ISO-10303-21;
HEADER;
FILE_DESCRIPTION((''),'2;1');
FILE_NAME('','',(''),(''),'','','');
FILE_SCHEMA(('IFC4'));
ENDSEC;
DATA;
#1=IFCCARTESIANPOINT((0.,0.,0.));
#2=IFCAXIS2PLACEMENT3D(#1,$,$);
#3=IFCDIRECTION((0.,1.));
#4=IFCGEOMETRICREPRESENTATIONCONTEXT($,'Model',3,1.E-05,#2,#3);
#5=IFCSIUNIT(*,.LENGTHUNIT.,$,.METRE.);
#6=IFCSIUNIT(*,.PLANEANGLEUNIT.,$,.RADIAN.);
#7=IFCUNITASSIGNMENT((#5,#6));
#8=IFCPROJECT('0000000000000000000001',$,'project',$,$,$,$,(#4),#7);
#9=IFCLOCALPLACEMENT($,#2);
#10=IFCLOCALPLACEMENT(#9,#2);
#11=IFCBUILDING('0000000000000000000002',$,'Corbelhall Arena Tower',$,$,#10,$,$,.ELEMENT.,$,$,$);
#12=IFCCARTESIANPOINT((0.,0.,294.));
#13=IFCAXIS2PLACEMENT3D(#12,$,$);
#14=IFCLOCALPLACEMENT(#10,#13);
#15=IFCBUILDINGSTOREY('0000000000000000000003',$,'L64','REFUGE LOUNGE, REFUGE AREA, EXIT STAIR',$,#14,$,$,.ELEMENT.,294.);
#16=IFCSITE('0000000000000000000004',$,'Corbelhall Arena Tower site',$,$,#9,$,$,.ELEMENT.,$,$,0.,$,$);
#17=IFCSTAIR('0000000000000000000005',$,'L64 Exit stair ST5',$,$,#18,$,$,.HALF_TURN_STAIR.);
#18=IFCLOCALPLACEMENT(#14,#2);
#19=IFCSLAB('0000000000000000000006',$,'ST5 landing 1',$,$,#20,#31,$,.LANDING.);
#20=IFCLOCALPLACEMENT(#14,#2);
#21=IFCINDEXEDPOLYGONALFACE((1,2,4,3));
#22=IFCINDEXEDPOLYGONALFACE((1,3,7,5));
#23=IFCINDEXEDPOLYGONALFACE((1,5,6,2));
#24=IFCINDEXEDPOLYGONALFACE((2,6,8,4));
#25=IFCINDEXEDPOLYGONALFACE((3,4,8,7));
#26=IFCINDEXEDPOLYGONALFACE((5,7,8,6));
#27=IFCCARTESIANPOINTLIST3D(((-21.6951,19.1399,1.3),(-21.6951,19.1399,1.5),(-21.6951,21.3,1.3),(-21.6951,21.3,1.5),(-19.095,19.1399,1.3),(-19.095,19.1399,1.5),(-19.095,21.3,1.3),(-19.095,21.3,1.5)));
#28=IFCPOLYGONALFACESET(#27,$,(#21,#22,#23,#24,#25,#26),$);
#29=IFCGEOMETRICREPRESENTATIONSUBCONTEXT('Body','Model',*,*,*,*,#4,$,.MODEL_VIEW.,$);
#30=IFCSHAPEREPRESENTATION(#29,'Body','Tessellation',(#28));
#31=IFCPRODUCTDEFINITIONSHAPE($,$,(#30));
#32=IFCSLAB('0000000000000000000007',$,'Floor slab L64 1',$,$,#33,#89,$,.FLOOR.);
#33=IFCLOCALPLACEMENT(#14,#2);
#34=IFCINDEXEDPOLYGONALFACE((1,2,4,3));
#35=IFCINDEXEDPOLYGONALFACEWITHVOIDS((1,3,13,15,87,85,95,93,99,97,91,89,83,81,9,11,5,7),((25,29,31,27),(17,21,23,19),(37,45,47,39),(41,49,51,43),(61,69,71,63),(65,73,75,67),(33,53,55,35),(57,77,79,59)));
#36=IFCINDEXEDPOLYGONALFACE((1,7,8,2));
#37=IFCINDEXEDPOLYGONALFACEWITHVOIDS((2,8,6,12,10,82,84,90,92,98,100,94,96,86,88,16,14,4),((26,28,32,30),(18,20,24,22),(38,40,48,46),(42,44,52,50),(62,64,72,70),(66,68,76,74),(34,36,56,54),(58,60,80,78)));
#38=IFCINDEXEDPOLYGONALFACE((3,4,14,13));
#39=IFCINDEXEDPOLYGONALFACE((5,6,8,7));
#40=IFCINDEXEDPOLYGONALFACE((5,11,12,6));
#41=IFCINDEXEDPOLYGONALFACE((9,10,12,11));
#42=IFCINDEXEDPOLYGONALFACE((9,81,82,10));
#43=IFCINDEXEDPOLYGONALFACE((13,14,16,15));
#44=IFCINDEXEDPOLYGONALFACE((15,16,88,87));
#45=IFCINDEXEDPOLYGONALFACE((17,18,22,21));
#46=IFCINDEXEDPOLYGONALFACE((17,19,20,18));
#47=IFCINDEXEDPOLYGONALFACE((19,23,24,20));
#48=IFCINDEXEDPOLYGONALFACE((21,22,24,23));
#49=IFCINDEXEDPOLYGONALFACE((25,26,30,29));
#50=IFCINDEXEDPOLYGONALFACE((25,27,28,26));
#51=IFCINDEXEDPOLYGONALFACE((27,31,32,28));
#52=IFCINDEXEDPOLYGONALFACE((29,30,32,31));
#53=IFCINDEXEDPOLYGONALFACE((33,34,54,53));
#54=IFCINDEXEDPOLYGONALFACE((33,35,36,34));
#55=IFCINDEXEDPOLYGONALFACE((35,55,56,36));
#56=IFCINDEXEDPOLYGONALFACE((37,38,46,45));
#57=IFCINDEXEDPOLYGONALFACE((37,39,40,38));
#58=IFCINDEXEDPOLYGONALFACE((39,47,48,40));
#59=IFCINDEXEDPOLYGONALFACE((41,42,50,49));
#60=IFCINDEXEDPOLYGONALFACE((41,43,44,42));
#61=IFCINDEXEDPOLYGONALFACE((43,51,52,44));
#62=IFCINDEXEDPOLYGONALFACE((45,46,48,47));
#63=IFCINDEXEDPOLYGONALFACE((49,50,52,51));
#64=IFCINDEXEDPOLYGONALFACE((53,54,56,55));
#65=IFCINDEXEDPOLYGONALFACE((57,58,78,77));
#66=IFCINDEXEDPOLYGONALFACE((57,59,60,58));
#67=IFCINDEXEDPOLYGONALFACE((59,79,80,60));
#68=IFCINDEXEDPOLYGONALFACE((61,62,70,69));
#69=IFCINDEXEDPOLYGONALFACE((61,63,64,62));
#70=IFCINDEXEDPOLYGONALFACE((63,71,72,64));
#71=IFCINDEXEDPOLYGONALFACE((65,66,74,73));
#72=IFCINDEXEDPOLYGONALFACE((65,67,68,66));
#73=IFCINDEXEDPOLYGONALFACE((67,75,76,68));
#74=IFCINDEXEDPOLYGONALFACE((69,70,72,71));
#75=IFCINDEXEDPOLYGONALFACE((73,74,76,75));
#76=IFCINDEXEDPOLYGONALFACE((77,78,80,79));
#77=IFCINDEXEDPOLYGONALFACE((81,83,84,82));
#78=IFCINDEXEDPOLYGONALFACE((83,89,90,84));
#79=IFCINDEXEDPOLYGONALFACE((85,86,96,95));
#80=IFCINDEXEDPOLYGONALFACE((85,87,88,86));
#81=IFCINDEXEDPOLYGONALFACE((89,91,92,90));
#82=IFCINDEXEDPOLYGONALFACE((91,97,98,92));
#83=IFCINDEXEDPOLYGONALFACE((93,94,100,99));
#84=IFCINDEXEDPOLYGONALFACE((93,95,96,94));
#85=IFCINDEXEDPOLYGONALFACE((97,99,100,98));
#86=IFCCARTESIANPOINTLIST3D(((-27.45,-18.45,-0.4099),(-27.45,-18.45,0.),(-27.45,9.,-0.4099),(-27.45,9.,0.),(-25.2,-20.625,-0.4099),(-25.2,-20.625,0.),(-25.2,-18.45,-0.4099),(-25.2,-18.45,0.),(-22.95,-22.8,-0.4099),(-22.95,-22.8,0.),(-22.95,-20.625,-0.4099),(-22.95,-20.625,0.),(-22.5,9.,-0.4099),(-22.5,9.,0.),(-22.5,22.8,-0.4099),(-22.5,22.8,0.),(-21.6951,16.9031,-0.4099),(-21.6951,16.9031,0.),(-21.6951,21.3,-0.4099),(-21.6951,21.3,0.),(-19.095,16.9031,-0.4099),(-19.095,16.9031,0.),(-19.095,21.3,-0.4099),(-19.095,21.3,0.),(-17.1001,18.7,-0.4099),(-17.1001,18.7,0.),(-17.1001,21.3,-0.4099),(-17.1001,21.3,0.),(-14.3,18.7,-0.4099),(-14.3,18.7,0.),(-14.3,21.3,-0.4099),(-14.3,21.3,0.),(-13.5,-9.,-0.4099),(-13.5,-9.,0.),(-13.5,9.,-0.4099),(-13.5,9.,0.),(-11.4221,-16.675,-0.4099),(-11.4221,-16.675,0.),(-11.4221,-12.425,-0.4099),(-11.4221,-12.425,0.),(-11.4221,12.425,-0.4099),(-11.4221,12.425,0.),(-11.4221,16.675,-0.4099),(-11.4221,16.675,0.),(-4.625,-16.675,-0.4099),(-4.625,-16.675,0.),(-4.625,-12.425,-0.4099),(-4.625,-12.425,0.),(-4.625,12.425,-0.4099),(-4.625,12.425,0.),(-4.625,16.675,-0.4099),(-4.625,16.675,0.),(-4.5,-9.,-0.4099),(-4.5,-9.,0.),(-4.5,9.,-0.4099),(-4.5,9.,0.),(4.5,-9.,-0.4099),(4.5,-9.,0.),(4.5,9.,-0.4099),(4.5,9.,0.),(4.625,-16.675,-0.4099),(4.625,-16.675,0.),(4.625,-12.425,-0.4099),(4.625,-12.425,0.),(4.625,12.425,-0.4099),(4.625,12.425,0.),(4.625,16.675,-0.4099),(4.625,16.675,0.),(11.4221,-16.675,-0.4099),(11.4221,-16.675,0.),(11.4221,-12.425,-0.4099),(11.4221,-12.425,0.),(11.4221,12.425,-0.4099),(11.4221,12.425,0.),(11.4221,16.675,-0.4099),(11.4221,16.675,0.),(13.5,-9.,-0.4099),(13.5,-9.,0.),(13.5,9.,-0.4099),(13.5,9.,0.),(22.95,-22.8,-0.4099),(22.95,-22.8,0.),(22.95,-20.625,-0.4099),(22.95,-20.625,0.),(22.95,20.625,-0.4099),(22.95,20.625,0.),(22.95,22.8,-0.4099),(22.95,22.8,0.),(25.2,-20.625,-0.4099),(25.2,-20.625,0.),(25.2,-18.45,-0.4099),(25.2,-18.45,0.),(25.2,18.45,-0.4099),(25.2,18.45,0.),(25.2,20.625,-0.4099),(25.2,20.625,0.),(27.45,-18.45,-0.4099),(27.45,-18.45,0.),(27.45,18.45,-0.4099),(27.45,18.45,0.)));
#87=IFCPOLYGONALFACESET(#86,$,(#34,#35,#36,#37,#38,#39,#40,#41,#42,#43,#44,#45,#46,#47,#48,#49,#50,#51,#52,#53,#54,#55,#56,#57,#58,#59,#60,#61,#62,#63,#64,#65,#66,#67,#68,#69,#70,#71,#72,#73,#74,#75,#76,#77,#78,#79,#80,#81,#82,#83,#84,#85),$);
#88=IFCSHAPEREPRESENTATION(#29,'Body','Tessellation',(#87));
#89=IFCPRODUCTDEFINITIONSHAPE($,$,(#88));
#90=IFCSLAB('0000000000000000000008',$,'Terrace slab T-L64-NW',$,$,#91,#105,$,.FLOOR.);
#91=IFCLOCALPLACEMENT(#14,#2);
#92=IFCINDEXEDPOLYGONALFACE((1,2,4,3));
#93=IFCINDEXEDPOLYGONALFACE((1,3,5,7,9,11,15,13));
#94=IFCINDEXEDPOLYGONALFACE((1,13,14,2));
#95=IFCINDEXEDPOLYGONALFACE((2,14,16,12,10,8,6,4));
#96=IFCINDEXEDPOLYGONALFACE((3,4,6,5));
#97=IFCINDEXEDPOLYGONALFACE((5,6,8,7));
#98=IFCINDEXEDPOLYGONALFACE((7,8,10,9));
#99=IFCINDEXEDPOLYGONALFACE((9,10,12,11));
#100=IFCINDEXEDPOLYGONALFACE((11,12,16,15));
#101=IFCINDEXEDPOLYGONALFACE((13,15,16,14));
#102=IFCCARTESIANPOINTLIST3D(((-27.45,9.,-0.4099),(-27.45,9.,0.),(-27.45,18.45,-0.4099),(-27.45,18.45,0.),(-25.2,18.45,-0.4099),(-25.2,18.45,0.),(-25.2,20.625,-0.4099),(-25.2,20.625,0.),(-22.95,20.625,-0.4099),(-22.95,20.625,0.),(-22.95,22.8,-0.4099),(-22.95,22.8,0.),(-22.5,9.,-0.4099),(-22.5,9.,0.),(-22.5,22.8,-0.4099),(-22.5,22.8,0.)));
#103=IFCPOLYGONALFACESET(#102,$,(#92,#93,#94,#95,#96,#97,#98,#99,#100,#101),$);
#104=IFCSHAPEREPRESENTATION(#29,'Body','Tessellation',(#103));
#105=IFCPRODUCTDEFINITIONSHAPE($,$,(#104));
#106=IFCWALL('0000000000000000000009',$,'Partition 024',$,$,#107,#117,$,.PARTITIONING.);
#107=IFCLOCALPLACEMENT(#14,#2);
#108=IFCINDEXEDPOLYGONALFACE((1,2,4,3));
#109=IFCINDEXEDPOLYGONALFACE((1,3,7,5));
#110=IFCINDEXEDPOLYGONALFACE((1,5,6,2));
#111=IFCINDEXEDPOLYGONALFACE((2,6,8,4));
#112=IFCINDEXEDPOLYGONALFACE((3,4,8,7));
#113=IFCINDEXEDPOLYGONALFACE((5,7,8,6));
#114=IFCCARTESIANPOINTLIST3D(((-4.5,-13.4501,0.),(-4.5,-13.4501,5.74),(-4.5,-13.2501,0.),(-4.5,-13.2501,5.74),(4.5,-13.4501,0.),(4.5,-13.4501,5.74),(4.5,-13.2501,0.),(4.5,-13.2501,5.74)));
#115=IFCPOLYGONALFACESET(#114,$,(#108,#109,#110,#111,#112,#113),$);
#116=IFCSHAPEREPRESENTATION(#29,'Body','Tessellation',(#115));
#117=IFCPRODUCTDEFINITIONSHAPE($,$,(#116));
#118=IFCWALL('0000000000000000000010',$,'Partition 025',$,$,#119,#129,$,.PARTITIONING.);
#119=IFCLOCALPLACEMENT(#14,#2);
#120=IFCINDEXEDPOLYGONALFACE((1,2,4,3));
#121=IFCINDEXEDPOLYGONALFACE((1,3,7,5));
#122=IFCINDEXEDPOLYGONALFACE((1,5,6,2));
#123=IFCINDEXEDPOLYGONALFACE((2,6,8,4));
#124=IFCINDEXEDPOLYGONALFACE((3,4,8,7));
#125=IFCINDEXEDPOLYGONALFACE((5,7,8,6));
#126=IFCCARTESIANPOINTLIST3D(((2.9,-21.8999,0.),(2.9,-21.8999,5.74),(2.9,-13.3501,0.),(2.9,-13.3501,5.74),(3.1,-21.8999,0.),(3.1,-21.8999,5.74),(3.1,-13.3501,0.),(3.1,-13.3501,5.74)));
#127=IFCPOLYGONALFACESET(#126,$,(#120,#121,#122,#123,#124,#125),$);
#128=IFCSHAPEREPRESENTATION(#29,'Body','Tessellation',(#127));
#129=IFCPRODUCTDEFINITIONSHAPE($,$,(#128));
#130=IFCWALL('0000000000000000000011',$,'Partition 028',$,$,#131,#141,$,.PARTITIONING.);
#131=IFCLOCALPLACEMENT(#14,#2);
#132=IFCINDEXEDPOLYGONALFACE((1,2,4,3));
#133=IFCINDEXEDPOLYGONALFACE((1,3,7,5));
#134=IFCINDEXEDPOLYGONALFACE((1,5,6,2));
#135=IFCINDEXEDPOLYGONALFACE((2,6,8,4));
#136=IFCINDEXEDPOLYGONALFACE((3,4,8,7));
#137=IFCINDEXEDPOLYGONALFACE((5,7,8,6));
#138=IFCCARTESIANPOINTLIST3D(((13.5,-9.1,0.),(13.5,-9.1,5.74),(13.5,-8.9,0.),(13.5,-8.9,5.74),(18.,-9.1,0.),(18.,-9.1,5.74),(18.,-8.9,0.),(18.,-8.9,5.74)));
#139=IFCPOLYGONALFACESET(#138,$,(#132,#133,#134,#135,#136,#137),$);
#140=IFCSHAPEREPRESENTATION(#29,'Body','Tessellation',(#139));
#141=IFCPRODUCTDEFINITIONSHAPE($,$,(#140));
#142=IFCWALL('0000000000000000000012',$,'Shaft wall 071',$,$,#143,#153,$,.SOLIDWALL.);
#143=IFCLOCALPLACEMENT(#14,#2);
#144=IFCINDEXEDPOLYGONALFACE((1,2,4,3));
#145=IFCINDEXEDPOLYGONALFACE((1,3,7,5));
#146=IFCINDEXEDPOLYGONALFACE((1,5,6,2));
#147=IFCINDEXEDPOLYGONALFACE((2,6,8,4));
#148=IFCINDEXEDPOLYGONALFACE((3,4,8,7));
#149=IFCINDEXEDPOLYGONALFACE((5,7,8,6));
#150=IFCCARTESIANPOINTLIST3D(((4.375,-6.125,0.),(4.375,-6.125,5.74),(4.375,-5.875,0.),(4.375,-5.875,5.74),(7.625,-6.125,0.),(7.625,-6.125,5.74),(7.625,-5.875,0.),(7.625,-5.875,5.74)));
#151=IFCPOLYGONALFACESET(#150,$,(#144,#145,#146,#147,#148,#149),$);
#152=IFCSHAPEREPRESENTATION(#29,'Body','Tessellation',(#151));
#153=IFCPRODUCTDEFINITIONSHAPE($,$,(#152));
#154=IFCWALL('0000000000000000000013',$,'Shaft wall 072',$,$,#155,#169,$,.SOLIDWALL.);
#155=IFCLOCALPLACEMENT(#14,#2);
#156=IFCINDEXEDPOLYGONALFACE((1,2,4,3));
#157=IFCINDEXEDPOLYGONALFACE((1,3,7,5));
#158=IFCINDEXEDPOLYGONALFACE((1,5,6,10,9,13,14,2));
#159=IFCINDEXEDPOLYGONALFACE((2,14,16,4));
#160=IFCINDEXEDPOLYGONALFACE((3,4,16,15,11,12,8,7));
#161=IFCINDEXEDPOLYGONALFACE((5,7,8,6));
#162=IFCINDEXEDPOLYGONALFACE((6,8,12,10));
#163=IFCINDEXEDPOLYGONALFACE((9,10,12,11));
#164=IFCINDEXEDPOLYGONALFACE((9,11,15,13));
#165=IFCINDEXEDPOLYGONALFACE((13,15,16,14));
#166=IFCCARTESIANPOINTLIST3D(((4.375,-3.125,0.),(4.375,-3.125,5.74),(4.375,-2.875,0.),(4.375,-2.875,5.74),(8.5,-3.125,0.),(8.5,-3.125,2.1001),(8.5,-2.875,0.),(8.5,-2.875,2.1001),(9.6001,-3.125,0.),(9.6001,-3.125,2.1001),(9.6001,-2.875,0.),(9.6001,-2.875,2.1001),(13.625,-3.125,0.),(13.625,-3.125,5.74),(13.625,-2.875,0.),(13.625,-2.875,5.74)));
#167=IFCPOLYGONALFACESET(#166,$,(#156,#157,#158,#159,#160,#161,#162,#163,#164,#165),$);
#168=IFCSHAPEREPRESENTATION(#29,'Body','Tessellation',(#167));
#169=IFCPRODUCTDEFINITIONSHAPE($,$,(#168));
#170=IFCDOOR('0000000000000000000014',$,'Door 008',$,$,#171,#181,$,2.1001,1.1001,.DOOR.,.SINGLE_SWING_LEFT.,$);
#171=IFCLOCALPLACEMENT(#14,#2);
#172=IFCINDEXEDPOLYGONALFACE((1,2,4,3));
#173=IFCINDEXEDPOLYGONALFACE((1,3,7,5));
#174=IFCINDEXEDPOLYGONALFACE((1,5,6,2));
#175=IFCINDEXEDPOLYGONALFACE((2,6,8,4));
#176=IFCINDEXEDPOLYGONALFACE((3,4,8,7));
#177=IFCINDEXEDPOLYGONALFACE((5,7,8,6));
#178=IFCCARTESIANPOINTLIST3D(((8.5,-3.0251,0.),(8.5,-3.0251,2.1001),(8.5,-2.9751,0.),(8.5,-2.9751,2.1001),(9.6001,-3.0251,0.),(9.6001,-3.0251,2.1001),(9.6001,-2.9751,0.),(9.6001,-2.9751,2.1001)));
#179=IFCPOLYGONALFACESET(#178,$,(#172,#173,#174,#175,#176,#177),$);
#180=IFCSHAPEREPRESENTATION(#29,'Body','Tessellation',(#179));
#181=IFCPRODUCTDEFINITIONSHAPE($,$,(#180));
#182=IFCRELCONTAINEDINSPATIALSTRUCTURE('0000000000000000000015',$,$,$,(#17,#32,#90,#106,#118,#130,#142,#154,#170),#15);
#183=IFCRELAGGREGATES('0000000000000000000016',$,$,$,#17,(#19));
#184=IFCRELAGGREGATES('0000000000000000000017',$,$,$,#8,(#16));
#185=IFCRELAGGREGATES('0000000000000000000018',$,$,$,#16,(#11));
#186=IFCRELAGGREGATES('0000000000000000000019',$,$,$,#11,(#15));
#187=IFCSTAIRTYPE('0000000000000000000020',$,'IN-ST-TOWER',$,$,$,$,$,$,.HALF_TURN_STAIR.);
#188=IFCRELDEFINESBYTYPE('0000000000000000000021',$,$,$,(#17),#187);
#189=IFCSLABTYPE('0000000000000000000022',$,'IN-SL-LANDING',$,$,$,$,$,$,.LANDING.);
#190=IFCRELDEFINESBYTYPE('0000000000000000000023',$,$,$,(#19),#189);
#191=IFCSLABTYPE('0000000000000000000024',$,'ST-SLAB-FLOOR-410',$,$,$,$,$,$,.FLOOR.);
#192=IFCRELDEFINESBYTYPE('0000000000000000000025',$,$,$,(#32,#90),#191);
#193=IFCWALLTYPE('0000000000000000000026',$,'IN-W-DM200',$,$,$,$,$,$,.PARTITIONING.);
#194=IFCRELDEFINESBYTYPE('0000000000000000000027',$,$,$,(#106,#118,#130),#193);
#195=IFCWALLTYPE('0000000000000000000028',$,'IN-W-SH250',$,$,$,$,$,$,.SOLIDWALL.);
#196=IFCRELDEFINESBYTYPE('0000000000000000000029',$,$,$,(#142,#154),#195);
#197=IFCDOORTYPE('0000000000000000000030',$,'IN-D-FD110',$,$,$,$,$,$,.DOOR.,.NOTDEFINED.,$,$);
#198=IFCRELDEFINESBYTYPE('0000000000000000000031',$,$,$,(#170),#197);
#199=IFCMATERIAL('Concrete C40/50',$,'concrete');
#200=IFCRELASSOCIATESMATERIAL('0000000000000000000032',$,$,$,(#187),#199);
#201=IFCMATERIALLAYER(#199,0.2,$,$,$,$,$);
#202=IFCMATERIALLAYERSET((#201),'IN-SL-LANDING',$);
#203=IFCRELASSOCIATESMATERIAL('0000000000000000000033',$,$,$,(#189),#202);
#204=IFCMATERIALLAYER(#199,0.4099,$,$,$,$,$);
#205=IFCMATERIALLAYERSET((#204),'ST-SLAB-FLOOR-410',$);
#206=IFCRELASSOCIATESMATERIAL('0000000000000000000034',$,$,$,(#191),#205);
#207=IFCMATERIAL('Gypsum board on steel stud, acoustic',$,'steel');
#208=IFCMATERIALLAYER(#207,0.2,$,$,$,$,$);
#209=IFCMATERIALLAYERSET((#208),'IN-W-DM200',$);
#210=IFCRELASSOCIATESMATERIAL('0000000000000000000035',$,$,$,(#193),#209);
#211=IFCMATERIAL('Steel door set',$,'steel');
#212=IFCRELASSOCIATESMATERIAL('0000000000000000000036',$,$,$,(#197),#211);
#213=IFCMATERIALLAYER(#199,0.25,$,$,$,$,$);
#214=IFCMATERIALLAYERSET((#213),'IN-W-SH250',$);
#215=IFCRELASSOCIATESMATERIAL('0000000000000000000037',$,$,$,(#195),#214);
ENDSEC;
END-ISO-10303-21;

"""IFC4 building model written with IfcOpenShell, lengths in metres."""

from ifc_helpers import new_model, si_unit, direction, frame, frame_2d, origin, place, context, subcontext, project, spatial, polyline, rectangle, outline, extrude, material, layer, layer_set, type_object, element, fill, aggregate, save


model = new_model("IFC4")

# Units and contexts
model_context = context("Model", 3, precision=1e-05, world=origin(), true_north=direction((0.0, 1.0)))
body_context = subcontext(model_context, "Body", "Model", "MODEL_VIEW")
ifc_project = project(units=[si_unit("LENGTHUNIT", "METRE"), si_unit("PLANEANGLEUNIT", "RADIAN")], contexts=[model_context])

# Site, building, storey
site_placement = place(None, origin())
site = spatial("IfcSite", under=ifc_project, at=site_placement, Name="Corbelhall Arena Tower site", CompositionType="ELEMENT", RefElevation=0.0)
building_placement = place(site_placement, origin())
building = spatial("IfcBuilding", under=site, at=building_placement, Name="Corbelhall Arena Tower", CompositionType="ELEMENT")
storey_placement = place(building_placement, frame((0.0, 0.0, 294.0)))
storey = spatial("IfcBuildingStorey", under=building, at=storey_placement, Name="L64", Description="REFUGE LOUNGE, REFUGE AREA, EXIT STAIR", CompositionType="ELEMENT", Elevation=294.0)

# Shared definitions
ifc_material_1 = material(Name="Concrete C40/50", Category="concrete")

# Stair, slab
stair_type = type_object("IfcStairType", Name="IN-ST-TOWER", PredefinedType="HALF_TURN_STAIR", material=ifc_material_1)
ifc_layer_1 = layer(ifc_material_1, 0.2)
ifc_layer_set_1 = layer_set([ifc_layer_1], Name="IN-SL-LANDING")
slab_type_1 = type_object("IfcSlabType", Name="IN-SL-LANDING", PredefinedType="LANDING", material=ifc_layer_set_1)
stair_1_placement = place(storey_placement, origin())
stair_1 = element("IfcStair", 1, at=stair_1_placement, inside=storey, type_object=stair_type, Name="L64 Exit stair ST5", PredefinedType="HALF_TURN_STAIR")
slab_1_placement = place(storey_placement, frame((0.0, 0.0, 1.3)))
slab_1 = element("IfcSlab", 2, at=slab_1_placement, type_object=slab_type_1, Name="ST5 landing 1", PredefinedType="LANDING", context=body_context, shape_type="SweptSolid", body=[
    extrude(outline(polyline([(-19.095, 19.1399), (-19.095, 21.3), (-21.6951, 21.3), (-21.6951, 19.1399), (-19.095, 19.1399)])), origin(), (0.0, 0.0, 1.0), 0.2),
])
aggregate(stair_1, [slab_1])

# Slabs
ifc_layer_2 = layer(ifc_material_1, 0.4099)
ifc_layer_set_2 = layer_set([ifc_layer_2], Name="ST-SLAB-FLOOR-410")
slab_type_2 = type_object("IfcSlabType", Name="ST-SLAB-FLOOR-410", PredefinedType="FLOOR", material=ifc_layer_set_2)
slab_2_placement = place(storey_placement, frame((0.0, 0.0, -0.4099)))
element("IfcSlab", 3, at=slab_2_placement, inside=storey, type_object=slab_type_2, Name="Floor slab L64 1", PredefinedType="FLOOR", context=body_context, shape_type="SweptSolid", body=[
    extrude(outline(polyline([(25.2, -20.625), (25.2, -18.45), (27.45, -18.45), (27.45, 18.45), (25.2, 18.45), (25.2, 20.625), (22.95, 20.625), (22.95, 22.8), (-22.5, 22.8), (-22.5, 9.0), (-27.45, 9.0), (-27.45, -18.45), (-25.2, -18.45), (-25.2, -20.625), (-22.95, -20.625), (-22.95, -22.8), (22.95, -22.8), (22.95, -20.625), (25.2, -20.625)]), holes=[polyline([(-13.5, 9.0), (-13.5, -9.0), (-4.5, -9.0), (-4.5, 9.0), (-13.5, 9.0)]), polyline([(4.5, 9.0), (4.5, -9.0), (13.5, -9.0), (13.5, 9.0), (4.5, 9.0)]), polyline([(-4.625, 16.675), (-11.4221, 16.675), (-11.4221, 12.425), (-4.625, 12.425), (-4.625, 16.675)]), polyline([(-4.625, -16.675), (-4.625, -12.425), (-11.4221, -12.425), (-11.4221, -16.675), (-4.625, -16.675)]), polyline([(11.4221, 16.675), (4.625, 16.675), (4.625, 12.425), (11.4221, 12.425), (11.4221, 16.675)]), polyline([(11.4221, -16.675), (11.4221, -12.425), (4.625, -12.425), (4.625, -16.675), (11.4221, -16.675)]), polyline([(-21.6951, 21.3), (-21.6951, 16.9031), (-19.095, 16.9031), (-19.095, 21.3), (-21.6951, 21.3)]), polyline([(-14.3, 21.3), (-17.1001, 21.3), (-17.1001, 18.7), (-14.3, 18.7), (-14.3, 21.3)])]), origin(), (0.0, 0.0, 1.0), 0.4099),
])
slab_3_placement = place(storey_placement, frame((0.0, 0.0, -0.4099)))
element("IfcSlab", 4, at=slab_3_placement, inside=storey, type_object=slab_type_2, Name="Terrace slab T-L64-NW", PredefinedType="FLOOR", context=body_context, shape_type="SweptSolid", body=[
    extrude(outline(polyline([(-22.5, 9.0), (-22.5, 22.8), (-22.95, 22.8), (-22.95, 20.625), (-25.2, 20.625), (-25.2, 18.45), (-27.45, 18.45), (-27.45, 9.0), (-22.5, 9.0)])), origin(), (0.0, 0.0, 1.0), 0.4099),
])

# Walls
ifc_material_2 = material(Name="Gypsum board on steel stud, acoustic", Category="steel")
ifc_layer_3 = layer(ifc_material_2, 0.2)
ifc_layer_set_3 = layer_set([ifc_layer_3], Name="IN-W-DM200")
wall_type_1 = type_object("IfcWallType", Name="IN-W-DM200", PredefinedType="PARTITIONING", material=ifc_layer_set_3)
wall_1_placement = place(storey_placement, frame((4.5, -13.3501, 0.0), z_axis=(0.0, 0.0, 1.0), x_axis=(-1.0, 0.0, 0.0)))
element("IfcWall", 5, at=wall_1_placement, inside=storey, type_object=wall_type_1, Name="Partition 024", PredefinedType="PARTITIONING", context=body_context, shape_type="SweptSolid", body=[
    extrude(rectangle(XDim=9.0, YDim=0.2, at=frame_2d((4.5, 0.0))), origin(), (0.0, 0.0, 1.0), 5.74),
])
wall_2_placement = place(storey_placement, frame((3.0, -13.3501, 0.0), z_axis=(0.0, 0.0, 1.0), x_axis=(0.0, -1.0, 0.0)))
element("IfcWall", 6, at=wall_2_placement, inside=storey, type_object=wall_type_1, Name="Partition 025", PredefinedType="PARTITIONING", context=body_context, shape_type="SweptSolid", body=[
    extrude(rectangle(XDim=8.5498, YDim=0.2, at=frame_2d((4.2749, 0.0))), origin(), (0.0, 0.0, 1.0), 5.74),
])
wall_3_placement = place(storey_placement, frame((13.5, -9.0, 0.0), z_axis=(0.0, 0.0, 1.0), x_axis=(1.0, 0.0, 0.0)))
element("IfcWall", 7, at=wall_3_placement, inside=storey, type_object=wall_type_1, Name="Partition 028", PredefinedType="PARTITIONING", context=body_context, shape_type="SweptSolid", body=[
    extrude(rectangle(XDim=4.5, YDim=0.2, at=frame_2d((2.25, 0.0))), origin(), (0.0, 0.0, 1.0), 5.74),
])

# Shared definitions
ifc_material_3 = material(Name="Steel door set", Category="steel")
door_type_1 = type_object("IfcDoorType", Name="IN-D-FD110", OperationType="NOTDEFINED", PredefinedType="DOOR", material=ifc_material_3)

# Wall
ifc_layer_4 = layer(ifc_material_1, 0.25)
ifc_layer_set_4 = layer_set([ifc_layer_4], Name="IN-W-SH250")
wall_type_2 = type_object("IfcWallType", Name="IN-W-SH250", PredefinedType="SOLIDWALL", material=ifc_layer_set_4)
wall_4_placement = place(storey_placement, frame((4.375, -6.0, 0.0), z_axis=(0.0, 0.0, 1.0), x_axis=(1.0, 0.0, 0.0)))
element("IfcWall", 8, at=wall_4_placement, inside=storey, type_object=wall_type_2, Name="Shaft wall 071", PredefinedType="SOLIDWALL", context=body_context, shape_type="SweptSolid", body=[
    extrude(rectangle(XDim=3.25, YDim=0.25, at=frame_2d((1.625, 0.0))), origin(), (0.0, 0.0, 1.0), 5.74),
])

# Wall, opening, door
wall_5_placement = place(storey_placement, frame((4.375, -3.0, 0.0), z_axis=(0.0, 0.0, 1.0), x_axis=(1.0, 0.0, 0.0)))
wall_5 = element("IfcWall", 9, at=wall_5_placement, inside=storey, type_object=wall_type_2, Name="Shaft wall 072", PredefinedType="SOLIDWALL", context=body_context, shape_type="SweptSolid", body=[
    extrude(rectangle(XDim=9.25, YDim=0.25, at=frame_2d((4.625, 0.0))), origin(), (0.0, 0.0, 1.0), 5.74),
])
opening_1_placement = place(wall_5_placement, frame((4.125, 0.0, 0.0)))
opening_1 = element("IfcOpeningElement", 10, at=opening_1_placement, cuts=wall_5, PredefinedType="OPENING", context=body_context, shape_type="SweptSolid", body=[
    extrude(rectangle(XDim=1.1001, YDim=2.1001, at=frame_2d((0.55, 1.05))), frame((0.0, 0.125, 0.0), z_axis=(0.0, -1.0, 0.0), x_axis=(1.0, 0.0, 0.0)), (0.0, 0.0, 1.0), 0.25),
])
door_1_placement = place(opening_1_placement, origin())
door_1 = element("IfcDoor", 11, at=door_1_placement, inside=storey, type_object=door_type_1, Name="Door 008", OperationType="SINGLE_SWING_LEFT", OverallHeight=2.1001, OverallWidth=1.1001, PredefinedType="DOOR", context=body_context, shape_type="SweptSolid", body=[
    extrude(rectangle(XDim=1.1001, YDim=2.1001, at=frame_2d((0.55, 1.05))), frame((0.0, 0.0249, 0.0), z_axis=(0.0, -1.0, 0.0), x_axis=(1.0, 0.0, 0.0)), (0.0, 0.0, 1.0), 0.05),
])
fill(opening_1, door_1)

save(model, "model.ifc")
